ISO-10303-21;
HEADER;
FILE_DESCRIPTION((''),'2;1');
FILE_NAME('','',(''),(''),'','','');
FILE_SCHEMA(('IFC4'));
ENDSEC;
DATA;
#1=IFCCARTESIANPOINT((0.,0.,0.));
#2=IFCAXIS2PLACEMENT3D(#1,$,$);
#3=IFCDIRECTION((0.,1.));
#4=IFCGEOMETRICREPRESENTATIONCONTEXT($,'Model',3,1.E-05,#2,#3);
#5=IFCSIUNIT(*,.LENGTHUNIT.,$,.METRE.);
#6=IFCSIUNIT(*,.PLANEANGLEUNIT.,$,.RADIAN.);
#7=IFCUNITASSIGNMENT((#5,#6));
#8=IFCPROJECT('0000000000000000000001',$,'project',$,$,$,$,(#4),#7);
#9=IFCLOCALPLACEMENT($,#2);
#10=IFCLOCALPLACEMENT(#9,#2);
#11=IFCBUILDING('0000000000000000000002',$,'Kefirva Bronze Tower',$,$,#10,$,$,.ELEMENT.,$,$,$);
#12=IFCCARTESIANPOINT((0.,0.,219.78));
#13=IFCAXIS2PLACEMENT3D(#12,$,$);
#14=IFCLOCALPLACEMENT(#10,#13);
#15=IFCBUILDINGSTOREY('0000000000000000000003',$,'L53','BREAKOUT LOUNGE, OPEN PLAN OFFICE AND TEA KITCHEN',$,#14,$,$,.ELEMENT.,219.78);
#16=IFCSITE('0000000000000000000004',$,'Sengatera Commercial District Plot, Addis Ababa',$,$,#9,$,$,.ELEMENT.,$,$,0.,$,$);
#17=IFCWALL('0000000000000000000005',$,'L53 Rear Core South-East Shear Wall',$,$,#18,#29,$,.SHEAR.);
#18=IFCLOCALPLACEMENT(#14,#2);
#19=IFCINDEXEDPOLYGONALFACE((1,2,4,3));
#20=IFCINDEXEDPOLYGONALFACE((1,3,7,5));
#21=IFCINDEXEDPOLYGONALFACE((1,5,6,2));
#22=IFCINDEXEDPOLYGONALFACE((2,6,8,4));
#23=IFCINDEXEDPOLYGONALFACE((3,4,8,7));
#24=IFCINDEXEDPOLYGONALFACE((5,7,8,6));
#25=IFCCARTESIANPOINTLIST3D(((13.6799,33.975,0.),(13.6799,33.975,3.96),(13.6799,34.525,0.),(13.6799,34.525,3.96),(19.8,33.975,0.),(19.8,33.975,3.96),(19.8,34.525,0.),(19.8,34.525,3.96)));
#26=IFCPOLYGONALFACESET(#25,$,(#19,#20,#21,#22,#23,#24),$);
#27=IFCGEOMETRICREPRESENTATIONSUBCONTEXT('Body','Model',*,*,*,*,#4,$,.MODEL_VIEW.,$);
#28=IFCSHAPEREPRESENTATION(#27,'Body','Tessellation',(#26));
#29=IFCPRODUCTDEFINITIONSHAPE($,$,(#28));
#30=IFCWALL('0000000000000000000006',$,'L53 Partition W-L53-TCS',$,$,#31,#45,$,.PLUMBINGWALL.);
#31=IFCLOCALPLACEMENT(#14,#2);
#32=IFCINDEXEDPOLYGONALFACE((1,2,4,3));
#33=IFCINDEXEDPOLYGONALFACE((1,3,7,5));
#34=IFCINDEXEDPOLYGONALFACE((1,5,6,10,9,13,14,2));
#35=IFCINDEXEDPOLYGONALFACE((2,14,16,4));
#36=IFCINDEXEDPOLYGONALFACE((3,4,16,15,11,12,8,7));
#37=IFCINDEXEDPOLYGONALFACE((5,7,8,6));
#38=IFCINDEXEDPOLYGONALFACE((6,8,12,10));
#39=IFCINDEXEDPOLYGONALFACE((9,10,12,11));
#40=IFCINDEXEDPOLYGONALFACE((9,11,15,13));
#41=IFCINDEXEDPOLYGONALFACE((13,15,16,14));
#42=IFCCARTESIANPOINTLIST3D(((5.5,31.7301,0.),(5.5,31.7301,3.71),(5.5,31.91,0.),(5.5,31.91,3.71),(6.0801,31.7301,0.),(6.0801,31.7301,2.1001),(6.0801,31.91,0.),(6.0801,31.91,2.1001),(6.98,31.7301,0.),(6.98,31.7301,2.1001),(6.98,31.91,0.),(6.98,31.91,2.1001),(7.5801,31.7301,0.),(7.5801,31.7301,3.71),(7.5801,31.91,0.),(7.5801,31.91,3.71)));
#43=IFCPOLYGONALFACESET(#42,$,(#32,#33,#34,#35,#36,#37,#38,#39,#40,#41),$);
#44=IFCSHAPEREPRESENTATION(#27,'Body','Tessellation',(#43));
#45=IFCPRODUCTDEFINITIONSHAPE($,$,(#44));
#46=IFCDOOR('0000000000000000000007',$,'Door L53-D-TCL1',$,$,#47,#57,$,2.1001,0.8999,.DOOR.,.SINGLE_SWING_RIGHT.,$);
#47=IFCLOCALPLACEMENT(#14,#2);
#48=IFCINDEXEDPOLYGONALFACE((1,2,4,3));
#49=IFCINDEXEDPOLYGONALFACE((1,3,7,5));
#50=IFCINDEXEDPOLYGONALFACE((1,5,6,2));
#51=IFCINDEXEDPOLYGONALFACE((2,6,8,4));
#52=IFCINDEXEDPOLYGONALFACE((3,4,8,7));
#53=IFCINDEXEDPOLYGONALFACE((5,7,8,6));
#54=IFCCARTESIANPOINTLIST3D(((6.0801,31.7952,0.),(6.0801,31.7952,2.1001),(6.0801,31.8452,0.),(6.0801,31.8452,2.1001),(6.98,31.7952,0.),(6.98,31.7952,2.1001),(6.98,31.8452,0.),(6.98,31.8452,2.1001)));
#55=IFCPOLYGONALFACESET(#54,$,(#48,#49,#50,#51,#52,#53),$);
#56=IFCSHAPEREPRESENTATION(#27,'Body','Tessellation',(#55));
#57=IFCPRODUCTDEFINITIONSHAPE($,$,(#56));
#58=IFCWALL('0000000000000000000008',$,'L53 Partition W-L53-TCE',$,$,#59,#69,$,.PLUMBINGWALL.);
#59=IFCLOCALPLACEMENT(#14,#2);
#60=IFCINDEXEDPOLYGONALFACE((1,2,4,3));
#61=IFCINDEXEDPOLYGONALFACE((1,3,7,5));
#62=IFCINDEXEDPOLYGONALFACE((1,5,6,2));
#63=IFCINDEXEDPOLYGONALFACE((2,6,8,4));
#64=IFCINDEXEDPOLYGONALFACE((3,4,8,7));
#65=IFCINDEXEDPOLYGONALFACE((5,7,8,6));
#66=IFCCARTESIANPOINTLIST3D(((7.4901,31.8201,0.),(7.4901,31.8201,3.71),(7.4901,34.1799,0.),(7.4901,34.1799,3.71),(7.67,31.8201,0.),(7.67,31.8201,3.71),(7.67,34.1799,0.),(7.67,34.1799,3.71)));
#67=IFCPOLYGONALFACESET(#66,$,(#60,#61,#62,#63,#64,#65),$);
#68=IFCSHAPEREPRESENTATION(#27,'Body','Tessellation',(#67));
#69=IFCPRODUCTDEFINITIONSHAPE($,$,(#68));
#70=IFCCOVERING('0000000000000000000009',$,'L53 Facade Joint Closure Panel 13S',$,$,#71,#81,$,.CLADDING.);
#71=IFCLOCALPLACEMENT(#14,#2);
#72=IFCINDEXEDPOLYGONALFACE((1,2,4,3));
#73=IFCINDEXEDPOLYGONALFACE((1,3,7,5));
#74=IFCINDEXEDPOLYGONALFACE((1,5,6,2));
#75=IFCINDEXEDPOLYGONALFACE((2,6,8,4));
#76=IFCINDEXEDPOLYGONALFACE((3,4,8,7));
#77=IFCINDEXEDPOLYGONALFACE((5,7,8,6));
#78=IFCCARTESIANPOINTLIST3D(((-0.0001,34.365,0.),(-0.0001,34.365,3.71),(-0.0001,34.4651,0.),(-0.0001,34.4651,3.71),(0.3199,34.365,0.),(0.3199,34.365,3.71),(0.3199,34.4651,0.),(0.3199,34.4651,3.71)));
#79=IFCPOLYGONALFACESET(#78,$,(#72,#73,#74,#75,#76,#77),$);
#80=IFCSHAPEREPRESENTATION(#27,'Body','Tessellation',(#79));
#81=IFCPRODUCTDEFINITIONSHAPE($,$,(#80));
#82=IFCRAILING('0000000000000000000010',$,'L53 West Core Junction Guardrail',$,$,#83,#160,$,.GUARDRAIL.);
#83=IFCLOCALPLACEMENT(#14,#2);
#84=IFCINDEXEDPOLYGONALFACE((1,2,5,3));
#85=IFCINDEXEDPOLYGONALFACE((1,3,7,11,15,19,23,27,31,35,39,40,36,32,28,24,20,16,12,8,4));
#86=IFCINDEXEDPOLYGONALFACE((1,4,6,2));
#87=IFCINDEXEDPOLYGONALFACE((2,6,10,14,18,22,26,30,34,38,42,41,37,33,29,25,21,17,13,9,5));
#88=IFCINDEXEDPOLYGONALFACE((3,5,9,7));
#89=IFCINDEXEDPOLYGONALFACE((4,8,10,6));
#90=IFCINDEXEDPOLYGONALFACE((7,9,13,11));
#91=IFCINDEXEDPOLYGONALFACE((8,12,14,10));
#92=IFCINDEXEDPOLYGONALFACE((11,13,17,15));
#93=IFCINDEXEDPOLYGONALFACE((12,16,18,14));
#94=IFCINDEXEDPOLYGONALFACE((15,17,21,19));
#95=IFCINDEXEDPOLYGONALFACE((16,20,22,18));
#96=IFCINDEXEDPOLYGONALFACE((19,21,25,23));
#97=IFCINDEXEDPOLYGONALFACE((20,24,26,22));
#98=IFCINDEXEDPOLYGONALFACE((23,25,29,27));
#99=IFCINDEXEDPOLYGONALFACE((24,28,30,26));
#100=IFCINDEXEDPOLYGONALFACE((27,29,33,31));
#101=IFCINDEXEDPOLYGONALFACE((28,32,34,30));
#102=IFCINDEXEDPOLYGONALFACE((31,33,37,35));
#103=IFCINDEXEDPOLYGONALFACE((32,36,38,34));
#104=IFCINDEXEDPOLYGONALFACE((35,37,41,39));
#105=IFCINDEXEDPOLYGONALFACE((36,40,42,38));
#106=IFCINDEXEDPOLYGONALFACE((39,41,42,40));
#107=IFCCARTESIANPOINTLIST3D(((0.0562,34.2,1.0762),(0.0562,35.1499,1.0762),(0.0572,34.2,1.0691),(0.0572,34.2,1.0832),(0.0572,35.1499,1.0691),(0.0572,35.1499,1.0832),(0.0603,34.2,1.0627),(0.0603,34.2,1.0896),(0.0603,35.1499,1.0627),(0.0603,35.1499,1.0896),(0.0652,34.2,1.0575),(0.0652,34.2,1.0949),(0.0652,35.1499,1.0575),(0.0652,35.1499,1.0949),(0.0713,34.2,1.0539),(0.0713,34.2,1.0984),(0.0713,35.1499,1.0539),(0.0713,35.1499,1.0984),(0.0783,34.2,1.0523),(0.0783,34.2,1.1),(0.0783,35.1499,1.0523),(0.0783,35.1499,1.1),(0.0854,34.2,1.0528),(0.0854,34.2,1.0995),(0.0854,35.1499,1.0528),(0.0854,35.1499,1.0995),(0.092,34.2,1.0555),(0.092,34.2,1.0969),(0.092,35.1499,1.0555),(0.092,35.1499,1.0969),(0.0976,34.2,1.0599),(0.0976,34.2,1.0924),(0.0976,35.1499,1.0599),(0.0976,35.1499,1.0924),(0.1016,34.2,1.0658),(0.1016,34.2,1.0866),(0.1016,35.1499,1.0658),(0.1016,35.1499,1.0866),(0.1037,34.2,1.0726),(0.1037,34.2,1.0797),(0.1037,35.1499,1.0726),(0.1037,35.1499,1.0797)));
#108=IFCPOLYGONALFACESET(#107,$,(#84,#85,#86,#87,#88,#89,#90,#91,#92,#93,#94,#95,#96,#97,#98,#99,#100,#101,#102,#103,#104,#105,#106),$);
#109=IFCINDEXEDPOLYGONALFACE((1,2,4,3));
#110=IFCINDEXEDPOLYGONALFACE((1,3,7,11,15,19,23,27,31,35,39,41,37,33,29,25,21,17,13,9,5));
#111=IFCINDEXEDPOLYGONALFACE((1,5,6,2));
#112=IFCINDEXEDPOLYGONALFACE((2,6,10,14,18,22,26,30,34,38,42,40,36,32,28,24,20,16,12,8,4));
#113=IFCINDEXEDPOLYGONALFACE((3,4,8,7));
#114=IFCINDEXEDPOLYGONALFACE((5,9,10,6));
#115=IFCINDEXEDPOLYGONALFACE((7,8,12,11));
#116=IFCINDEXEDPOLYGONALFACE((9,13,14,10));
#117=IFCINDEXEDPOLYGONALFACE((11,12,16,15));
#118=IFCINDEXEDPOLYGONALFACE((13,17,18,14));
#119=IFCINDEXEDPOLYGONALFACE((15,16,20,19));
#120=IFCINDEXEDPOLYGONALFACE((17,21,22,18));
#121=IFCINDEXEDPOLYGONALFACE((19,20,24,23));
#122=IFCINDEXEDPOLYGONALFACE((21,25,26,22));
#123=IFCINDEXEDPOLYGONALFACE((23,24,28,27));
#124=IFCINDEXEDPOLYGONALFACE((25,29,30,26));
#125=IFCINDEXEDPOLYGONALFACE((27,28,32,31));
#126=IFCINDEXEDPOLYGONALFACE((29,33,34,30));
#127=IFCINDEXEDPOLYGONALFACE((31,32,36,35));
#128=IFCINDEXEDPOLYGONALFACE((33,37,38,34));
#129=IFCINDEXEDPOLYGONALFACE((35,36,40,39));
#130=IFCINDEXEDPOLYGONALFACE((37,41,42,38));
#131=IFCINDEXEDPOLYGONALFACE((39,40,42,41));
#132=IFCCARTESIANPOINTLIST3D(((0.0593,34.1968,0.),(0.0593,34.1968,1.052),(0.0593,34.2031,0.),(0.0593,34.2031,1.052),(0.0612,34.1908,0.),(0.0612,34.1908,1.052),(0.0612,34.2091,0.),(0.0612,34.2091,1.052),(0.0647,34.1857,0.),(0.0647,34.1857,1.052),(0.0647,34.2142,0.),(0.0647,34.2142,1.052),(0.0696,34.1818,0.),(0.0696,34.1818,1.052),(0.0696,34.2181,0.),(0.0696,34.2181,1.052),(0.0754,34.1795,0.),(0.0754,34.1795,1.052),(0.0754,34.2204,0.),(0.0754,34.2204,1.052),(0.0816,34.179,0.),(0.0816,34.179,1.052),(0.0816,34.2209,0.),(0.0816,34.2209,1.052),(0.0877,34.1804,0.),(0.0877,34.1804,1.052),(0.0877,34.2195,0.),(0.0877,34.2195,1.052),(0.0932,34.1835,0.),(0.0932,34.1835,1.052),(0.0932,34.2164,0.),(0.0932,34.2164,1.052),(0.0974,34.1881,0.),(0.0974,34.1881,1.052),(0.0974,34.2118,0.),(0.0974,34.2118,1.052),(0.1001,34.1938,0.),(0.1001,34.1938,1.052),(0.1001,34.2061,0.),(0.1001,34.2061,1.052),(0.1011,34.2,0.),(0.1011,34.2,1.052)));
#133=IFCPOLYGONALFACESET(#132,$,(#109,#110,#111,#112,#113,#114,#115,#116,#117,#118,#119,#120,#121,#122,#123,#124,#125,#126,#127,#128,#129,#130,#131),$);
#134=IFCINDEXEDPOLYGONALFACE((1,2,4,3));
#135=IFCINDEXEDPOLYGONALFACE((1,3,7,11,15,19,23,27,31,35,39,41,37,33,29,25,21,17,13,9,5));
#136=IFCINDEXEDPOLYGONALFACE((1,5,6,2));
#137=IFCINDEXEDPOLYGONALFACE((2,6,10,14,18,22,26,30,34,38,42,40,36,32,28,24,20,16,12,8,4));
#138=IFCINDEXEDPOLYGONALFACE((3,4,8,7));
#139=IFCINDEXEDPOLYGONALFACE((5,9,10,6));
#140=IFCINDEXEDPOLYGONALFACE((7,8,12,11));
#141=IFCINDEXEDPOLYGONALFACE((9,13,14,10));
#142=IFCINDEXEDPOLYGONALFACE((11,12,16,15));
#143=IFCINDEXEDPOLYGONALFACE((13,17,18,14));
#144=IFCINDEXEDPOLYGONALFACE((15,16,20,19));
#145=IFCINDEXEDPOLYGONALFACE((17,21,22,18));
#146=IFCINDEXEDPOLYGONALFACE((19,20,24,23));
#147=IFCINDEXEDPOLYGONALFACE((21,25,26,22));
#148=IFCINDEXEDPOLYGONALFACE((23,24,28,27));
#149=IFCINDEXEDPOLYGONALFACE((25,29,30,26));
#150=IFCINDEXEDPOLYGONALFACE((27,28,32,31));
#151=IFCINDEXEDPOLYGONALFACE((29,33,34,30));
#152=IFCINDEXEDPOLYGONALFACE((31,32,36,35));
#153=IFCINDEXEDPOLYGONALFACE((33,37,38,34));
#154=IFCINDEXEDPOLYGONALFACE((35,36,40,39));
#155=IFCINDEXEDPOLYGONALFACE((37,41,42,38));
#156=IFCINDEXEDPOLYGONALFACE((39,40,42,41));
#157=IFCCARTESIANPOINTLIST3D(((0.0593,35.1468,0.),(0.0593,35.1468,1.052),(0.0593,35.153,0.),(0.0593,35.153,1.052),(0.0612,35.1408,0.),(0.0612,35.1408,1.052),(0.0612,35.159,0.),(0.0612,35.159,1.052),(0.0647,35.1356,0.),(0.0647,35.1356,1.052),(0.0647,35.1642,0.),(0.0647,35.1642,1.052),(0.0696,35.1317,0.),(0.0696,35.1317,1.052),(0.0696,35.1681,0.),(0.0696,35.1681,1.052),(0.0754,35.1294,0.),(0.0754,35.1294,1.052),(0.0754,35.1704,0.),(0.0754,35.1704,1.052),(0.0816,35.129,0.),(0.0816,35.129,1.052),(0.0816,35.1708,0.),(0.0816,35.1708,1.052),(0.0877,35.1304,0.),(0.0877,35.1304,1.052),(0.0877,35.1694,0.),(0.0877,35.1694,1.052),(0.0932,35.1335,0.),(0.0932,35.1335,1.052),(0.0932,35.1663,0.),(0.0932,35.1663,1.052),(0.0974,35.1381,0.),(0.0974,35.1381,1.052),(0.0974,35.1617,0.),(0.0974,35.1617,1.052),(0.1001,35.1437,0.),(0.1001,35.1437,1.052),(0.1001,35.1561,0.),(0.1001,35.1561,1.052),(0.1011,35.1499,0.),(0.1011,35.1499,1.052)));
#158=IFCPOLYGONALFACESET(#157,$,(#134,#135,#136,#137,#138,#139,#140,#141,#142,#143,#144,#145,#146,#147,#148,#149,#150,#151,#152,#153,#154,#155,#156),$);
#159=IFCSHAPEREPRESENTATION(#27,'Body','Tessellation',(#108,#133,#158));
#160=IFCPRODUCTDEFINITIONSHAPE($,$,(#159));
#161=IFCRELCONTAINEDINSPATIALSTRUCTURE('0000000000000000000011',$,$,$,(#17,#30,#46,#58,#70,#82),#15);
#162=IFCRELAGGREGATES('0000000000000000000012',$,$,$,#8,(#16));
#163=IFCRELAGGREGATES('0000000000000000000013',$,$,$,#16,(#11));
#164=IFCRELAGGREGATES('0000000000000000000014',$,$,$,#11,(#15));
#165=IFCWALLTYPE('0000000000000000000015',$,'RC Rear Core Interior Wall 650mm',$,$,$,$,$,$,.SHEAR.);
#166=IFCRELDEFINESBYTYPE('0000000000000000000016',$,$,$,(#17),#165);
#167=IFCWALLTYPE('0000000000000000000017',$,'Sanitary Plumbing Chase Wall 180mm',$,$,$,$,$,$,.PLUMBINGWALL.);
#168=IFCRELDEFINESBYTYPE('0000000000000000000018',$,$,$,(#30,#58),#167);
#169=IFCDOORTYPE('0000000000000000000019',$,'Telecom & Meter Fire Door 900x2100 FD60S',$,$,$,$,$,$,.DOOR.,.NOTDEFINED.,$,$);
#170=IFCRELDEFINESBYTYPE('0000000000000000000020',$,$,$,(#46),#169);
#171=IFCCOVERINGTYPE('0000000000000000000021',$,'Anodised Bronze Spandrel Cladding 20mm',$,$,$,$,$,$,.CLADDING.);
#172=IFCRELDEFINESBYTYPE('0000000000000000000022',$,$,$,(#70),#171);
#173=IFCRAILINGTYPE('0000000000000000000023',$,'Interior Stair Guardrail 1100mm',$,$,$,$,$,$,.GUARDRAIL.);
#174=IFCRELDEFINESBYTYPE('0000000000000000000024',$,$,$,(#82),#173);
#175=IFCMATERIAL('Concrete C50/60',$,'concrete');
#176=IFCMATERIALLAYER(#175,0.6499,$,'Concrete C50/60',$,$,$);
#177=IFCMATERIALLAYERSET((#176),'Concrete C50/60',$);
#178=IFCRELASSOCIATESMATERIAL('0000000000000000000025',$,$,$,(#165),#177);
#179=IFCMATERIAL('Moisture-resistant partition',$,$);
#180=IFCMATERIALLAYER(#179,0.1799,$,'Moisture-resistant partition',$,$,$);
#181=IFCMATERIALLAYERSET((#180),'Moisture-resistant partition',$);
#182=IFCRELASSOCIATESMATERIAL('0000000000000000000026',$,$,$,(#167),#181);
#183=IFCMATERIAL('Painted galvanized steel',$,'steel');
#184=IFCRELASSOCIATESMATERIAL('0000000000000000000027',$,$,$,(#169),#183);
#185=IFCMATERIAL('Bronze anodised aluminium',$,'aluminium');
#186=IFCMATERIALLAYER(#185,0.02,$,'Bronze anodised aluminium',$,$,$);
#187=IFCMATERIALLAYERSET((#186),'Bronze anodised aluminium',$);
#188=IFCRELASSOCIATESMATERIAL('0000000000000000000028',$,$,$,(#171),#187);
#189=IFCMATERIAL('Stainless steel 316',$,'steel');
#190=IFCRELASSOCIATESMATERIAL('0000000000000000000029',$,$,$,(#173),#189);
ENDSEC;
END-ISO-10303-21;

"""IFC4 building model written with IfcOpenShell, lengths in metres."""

from ifc_helpers import new_model, si_unit, direction, frame, frame_2d, origin, origin_2d, place, context, subcontext, project, spatial, rectangle, circle, extrude, material, layer, layer_set, type_object, element, fill, save


model = new_model("IFC4")

# Units and contexts
model_context = context("Model", 3, precision=1e-05, world=origin(), true_north=direction((0.0, 1.0)))
body_context = subcontext(model_context, "Body", "Model", "MODEL_VIEW")
ifc_project = project(units=[si_unit("LENGTHUNIT", "METRE"), si_unit("PLANEANGLEUNIT", "RADIAN")], contexts=[model_context])

# Site, building, storey
site_placement = place(None, origin())
site = spatial("IfcSite", under=ifc_project, at=site_placement, Name="Sengatera Commercial District Plot, Addis Ababa", CompositionType="ELEMENT", RefElevation=0.0)
building_placement = place(site_placement, origin())
building = spatial("IfcBuilding", under=site, at=building_placement, Name="Kefirva Bronze Tower", CompositionType="ELEMENT")
storey_placement = place(building_placement, frame((0.0, 0.0, 219.78)))
storey = spatial("IfcBuildingStorey", under=building, at=storey_placement, Name="L53", Description="BREAKOUT LOUNGE, OPEN PLAN OFFICE AND TEA KITCHEN", CompositionType="ELEMENT", Elevation=219.78)

# Shared definitions
ifc_material_1 = material(Name="Concrete C50/60", Category="concrete")

# Shared definitions
ifc_layer_1 = layer(ifc_material_1, 0.6499, Name="Concrete C50/60")
ifc_layer_set_1 = layer_set([ifc_layer_1], Name="Concrete C50/60")
wall_type_1 = type_object("IfcWallType", Name="RC Rear Core Interior Wall 650mm", PredefinedType="SHEAR", material=ifc_layer_set_1)
ifc_material_2 = material(Name="Painted galvanized steel", Category="steel")

# Wall
wall_1_placement = place(storey_placement, frame((13.6799, 34.25, 0.0), z_axis=(0.0, 0.0, 1.0), x_axis=(1.0, 0.0, 0.0)))
element("IfcWall", 1, at=wall_1_placement, inside=storey, type_object=wall_type_1, Name="L53 Rear Core South-East Shear Wall", PredefinedType="SHEAR", context=body_context, shape_type="SweptSolid", body=[
    extrude(rectangle(XDim=6.1201, YDim=0.55, at=frame_2d((3.0601, 0.0))), origin(), (0.0, 0.0, 1.0), 3.96),
])

# Wall, opening, door
ifc_material_3 = material(Name="Moisture-resistant partition")
ifc_layer_2 = layer(ifc_material_3, 0.1799, Name="Moisture-resistant partition")
ifc_layer_set_2 = layer_set([ifc_layer_2], Name="Moisture-resistant partition")
wall_type_2 = type_object("IfcWallType", Name="Sanitary Plumbing Chase Wall 180mm", PredefinedType="PLUMBINGWALL", material=ifc_layer_set_2)
wall_2_placement = place(storey_placement, frame((5.5, 31.8201, 0.0), z_axis=(0.0, 0.0, 1.0), x_axis=(1.0, 0.0, 0.0)))
wall_2 = element("IfcWall", 2, at=wall_2_placement, inside=storey, type_object=wall_type_2, Name="L53 Partition W-L53-TCS", PredefinedType="PLUMBINGWALL", context=body_context, shape_type="SweptSolid", body=[
    extrude(rectangle(XDim=2.0801, YDim=0.1799, at=frame_2d((1.04, 0.0))), origin(), (0.0, 0.0, 1.0), 3.71),
])
opening_1_placement = place(wall_2_placement, frame((1.48, 0.0, 0.0), z_axis=(0.0, 0.0, 1.0), x_axis=(-1.0, 0.0, 0.0)))
opening_1 = element("IfcOpeningElement", 3, at=opening_1_placement, cuts=wall_2, PredefinedType="OPENING", context=body_context, shape_type="SweptSolid", body=[
    extrude(rectangle(XDim=0.8999, YDim=2.1001, at=frame_2d((0.45, 1.05))), frame((0.0, 0.1001, 0.0), z_axis=(0.0, -1.0, 0.0), x_axis=(1.0, 0.0, 0.0)), (0.0, 0.0, 1.0), 0.2),
])
door_type_1 = type_object("IfcDoorType", Name="Telecom & Meter Fire Door 900x2100 FD60S", OperationType="NOTDEFINED", PredefinedType="DOOR", material=ifc_material_2)
door_1_placement = place(opening_1_placement, origin())
door_1 = element("IfcDoor", 4, at=door_1_placement, inside=storey, type_object=door_type_1, Name="Door L53-D-TCL1", OperationType="SINGLE_SWING_RIGHT", OverallHeight=2.1001, OverallWidth=0.8999, PredefinedType="DOOR", context=body_context, shape_type="SweptSolid", body=[
    extrude(rectangle(XDim=0.8999, YDim=2.1001, at=frame_2d((0.45, 1.05))), frame((0.0, 0.0249, 0.0), z_axis=(0.0, -1.0, 0.0), x_axis=(1.0, 0.0, 0.0)), (0.0, 0.0, 1.0), 0.05),
])
fill(opening_1, door_1)

# Wall
wall_3_placement = place(storey_placement, frame((7.5801, 31.8201, 0.0), z_axis=(0.0, 0.0, 1.0), x_axis=(0.0, 1.0, 0.0)))
element("IfcWall", 5, at=wall_3_placement, inside=storey, type_object=wall_type_2, Name="L53 Partition W-L53-TCE", PredefinedType="PLUMBINGWALL", context=body_context, shape_type="SweptSolid", body=[
    extrude(rectangle(XDim=2.3599, YDim=0.1799, at=frame_2d((1.1799, 0.0))), origin(), (0.0, 0.0, 1.0), 3.71),
])

# Covering
ifc_material_4 = material(Name="Bronze anodised aluminium", Category="aluminium")
ifc_layer_3 = layer(ifc_material_4, 0.02, Name="Bronze anodised aluminium")
ifc_layer_set_3 = layer_set([ifc_layer_3], Name="Bronze anodised aluminium")
covering_type = type_object("IfcCoveringType", Name="Anodised Bronze Spandrel Cladding 20mm", PredefinedType="CLADDING", material=ifc_layer_set_3)
covering_placement = place(storey_placement, frame((0.1599, 34.415, 0.0), z_axis=(0.0, 0.0, 1.0), x_axis=(0.0, -1.0, 0.0)))
element("IfcCovering", 6, at=covering_placement, inside=storey, type_object=covering_type, Name="L53 Facade Joint Closure Panel 13S", PredefinedType="CLADDING", context=body_context, shape_type="SweptSolid", body=[
    extrude(rectangle(XDim=0.1001, YDim=0.3201, at=origin_2d()), origin(), (0.0, 0.0, 1.0), 3.71),
])

# Railing
ifc_material_5 = material(Name="Stainless steel 316", Category="steel")
railing_type = type_object("IfcRailingType", Name="Interior Stair Guardrail 1100mm", PredefinedType="GUARDRAIL", material=ifc_material_5)
railing_placement = place(storey_placement, frame((0.0801, 34.2, 0.0)))
element("IfcRailing", 7, at=railing_placement, inside=storey, type_object=railing_type, Name="L53 West Core Junction Guardrail", PredefinedType="GUARDRAIL", context=body_context, shape_type="SweptSolid", body=[
    extrude(circle(Radius=0.0239, at=origin_2d()), frame((0.0, 0.0, 1.0762), z_axis=(0.0, 1.0, 0.0), x_axis=(-1.0, 0.0, 0.0)), (0.0, 0.0, 1.0), 0.95),
    extrude(circle(Radius=0.021, at=origin_2d()), origin(), (0.0, 0.0, 1.0), 1.052),
    extrude(circle(Radius=0.021, at=origin_2d()), frame((0.0, 0.95, 0.0)), (0.0, 0.0, 1.0), 1.052),
])

save(model, "model.ifc")
